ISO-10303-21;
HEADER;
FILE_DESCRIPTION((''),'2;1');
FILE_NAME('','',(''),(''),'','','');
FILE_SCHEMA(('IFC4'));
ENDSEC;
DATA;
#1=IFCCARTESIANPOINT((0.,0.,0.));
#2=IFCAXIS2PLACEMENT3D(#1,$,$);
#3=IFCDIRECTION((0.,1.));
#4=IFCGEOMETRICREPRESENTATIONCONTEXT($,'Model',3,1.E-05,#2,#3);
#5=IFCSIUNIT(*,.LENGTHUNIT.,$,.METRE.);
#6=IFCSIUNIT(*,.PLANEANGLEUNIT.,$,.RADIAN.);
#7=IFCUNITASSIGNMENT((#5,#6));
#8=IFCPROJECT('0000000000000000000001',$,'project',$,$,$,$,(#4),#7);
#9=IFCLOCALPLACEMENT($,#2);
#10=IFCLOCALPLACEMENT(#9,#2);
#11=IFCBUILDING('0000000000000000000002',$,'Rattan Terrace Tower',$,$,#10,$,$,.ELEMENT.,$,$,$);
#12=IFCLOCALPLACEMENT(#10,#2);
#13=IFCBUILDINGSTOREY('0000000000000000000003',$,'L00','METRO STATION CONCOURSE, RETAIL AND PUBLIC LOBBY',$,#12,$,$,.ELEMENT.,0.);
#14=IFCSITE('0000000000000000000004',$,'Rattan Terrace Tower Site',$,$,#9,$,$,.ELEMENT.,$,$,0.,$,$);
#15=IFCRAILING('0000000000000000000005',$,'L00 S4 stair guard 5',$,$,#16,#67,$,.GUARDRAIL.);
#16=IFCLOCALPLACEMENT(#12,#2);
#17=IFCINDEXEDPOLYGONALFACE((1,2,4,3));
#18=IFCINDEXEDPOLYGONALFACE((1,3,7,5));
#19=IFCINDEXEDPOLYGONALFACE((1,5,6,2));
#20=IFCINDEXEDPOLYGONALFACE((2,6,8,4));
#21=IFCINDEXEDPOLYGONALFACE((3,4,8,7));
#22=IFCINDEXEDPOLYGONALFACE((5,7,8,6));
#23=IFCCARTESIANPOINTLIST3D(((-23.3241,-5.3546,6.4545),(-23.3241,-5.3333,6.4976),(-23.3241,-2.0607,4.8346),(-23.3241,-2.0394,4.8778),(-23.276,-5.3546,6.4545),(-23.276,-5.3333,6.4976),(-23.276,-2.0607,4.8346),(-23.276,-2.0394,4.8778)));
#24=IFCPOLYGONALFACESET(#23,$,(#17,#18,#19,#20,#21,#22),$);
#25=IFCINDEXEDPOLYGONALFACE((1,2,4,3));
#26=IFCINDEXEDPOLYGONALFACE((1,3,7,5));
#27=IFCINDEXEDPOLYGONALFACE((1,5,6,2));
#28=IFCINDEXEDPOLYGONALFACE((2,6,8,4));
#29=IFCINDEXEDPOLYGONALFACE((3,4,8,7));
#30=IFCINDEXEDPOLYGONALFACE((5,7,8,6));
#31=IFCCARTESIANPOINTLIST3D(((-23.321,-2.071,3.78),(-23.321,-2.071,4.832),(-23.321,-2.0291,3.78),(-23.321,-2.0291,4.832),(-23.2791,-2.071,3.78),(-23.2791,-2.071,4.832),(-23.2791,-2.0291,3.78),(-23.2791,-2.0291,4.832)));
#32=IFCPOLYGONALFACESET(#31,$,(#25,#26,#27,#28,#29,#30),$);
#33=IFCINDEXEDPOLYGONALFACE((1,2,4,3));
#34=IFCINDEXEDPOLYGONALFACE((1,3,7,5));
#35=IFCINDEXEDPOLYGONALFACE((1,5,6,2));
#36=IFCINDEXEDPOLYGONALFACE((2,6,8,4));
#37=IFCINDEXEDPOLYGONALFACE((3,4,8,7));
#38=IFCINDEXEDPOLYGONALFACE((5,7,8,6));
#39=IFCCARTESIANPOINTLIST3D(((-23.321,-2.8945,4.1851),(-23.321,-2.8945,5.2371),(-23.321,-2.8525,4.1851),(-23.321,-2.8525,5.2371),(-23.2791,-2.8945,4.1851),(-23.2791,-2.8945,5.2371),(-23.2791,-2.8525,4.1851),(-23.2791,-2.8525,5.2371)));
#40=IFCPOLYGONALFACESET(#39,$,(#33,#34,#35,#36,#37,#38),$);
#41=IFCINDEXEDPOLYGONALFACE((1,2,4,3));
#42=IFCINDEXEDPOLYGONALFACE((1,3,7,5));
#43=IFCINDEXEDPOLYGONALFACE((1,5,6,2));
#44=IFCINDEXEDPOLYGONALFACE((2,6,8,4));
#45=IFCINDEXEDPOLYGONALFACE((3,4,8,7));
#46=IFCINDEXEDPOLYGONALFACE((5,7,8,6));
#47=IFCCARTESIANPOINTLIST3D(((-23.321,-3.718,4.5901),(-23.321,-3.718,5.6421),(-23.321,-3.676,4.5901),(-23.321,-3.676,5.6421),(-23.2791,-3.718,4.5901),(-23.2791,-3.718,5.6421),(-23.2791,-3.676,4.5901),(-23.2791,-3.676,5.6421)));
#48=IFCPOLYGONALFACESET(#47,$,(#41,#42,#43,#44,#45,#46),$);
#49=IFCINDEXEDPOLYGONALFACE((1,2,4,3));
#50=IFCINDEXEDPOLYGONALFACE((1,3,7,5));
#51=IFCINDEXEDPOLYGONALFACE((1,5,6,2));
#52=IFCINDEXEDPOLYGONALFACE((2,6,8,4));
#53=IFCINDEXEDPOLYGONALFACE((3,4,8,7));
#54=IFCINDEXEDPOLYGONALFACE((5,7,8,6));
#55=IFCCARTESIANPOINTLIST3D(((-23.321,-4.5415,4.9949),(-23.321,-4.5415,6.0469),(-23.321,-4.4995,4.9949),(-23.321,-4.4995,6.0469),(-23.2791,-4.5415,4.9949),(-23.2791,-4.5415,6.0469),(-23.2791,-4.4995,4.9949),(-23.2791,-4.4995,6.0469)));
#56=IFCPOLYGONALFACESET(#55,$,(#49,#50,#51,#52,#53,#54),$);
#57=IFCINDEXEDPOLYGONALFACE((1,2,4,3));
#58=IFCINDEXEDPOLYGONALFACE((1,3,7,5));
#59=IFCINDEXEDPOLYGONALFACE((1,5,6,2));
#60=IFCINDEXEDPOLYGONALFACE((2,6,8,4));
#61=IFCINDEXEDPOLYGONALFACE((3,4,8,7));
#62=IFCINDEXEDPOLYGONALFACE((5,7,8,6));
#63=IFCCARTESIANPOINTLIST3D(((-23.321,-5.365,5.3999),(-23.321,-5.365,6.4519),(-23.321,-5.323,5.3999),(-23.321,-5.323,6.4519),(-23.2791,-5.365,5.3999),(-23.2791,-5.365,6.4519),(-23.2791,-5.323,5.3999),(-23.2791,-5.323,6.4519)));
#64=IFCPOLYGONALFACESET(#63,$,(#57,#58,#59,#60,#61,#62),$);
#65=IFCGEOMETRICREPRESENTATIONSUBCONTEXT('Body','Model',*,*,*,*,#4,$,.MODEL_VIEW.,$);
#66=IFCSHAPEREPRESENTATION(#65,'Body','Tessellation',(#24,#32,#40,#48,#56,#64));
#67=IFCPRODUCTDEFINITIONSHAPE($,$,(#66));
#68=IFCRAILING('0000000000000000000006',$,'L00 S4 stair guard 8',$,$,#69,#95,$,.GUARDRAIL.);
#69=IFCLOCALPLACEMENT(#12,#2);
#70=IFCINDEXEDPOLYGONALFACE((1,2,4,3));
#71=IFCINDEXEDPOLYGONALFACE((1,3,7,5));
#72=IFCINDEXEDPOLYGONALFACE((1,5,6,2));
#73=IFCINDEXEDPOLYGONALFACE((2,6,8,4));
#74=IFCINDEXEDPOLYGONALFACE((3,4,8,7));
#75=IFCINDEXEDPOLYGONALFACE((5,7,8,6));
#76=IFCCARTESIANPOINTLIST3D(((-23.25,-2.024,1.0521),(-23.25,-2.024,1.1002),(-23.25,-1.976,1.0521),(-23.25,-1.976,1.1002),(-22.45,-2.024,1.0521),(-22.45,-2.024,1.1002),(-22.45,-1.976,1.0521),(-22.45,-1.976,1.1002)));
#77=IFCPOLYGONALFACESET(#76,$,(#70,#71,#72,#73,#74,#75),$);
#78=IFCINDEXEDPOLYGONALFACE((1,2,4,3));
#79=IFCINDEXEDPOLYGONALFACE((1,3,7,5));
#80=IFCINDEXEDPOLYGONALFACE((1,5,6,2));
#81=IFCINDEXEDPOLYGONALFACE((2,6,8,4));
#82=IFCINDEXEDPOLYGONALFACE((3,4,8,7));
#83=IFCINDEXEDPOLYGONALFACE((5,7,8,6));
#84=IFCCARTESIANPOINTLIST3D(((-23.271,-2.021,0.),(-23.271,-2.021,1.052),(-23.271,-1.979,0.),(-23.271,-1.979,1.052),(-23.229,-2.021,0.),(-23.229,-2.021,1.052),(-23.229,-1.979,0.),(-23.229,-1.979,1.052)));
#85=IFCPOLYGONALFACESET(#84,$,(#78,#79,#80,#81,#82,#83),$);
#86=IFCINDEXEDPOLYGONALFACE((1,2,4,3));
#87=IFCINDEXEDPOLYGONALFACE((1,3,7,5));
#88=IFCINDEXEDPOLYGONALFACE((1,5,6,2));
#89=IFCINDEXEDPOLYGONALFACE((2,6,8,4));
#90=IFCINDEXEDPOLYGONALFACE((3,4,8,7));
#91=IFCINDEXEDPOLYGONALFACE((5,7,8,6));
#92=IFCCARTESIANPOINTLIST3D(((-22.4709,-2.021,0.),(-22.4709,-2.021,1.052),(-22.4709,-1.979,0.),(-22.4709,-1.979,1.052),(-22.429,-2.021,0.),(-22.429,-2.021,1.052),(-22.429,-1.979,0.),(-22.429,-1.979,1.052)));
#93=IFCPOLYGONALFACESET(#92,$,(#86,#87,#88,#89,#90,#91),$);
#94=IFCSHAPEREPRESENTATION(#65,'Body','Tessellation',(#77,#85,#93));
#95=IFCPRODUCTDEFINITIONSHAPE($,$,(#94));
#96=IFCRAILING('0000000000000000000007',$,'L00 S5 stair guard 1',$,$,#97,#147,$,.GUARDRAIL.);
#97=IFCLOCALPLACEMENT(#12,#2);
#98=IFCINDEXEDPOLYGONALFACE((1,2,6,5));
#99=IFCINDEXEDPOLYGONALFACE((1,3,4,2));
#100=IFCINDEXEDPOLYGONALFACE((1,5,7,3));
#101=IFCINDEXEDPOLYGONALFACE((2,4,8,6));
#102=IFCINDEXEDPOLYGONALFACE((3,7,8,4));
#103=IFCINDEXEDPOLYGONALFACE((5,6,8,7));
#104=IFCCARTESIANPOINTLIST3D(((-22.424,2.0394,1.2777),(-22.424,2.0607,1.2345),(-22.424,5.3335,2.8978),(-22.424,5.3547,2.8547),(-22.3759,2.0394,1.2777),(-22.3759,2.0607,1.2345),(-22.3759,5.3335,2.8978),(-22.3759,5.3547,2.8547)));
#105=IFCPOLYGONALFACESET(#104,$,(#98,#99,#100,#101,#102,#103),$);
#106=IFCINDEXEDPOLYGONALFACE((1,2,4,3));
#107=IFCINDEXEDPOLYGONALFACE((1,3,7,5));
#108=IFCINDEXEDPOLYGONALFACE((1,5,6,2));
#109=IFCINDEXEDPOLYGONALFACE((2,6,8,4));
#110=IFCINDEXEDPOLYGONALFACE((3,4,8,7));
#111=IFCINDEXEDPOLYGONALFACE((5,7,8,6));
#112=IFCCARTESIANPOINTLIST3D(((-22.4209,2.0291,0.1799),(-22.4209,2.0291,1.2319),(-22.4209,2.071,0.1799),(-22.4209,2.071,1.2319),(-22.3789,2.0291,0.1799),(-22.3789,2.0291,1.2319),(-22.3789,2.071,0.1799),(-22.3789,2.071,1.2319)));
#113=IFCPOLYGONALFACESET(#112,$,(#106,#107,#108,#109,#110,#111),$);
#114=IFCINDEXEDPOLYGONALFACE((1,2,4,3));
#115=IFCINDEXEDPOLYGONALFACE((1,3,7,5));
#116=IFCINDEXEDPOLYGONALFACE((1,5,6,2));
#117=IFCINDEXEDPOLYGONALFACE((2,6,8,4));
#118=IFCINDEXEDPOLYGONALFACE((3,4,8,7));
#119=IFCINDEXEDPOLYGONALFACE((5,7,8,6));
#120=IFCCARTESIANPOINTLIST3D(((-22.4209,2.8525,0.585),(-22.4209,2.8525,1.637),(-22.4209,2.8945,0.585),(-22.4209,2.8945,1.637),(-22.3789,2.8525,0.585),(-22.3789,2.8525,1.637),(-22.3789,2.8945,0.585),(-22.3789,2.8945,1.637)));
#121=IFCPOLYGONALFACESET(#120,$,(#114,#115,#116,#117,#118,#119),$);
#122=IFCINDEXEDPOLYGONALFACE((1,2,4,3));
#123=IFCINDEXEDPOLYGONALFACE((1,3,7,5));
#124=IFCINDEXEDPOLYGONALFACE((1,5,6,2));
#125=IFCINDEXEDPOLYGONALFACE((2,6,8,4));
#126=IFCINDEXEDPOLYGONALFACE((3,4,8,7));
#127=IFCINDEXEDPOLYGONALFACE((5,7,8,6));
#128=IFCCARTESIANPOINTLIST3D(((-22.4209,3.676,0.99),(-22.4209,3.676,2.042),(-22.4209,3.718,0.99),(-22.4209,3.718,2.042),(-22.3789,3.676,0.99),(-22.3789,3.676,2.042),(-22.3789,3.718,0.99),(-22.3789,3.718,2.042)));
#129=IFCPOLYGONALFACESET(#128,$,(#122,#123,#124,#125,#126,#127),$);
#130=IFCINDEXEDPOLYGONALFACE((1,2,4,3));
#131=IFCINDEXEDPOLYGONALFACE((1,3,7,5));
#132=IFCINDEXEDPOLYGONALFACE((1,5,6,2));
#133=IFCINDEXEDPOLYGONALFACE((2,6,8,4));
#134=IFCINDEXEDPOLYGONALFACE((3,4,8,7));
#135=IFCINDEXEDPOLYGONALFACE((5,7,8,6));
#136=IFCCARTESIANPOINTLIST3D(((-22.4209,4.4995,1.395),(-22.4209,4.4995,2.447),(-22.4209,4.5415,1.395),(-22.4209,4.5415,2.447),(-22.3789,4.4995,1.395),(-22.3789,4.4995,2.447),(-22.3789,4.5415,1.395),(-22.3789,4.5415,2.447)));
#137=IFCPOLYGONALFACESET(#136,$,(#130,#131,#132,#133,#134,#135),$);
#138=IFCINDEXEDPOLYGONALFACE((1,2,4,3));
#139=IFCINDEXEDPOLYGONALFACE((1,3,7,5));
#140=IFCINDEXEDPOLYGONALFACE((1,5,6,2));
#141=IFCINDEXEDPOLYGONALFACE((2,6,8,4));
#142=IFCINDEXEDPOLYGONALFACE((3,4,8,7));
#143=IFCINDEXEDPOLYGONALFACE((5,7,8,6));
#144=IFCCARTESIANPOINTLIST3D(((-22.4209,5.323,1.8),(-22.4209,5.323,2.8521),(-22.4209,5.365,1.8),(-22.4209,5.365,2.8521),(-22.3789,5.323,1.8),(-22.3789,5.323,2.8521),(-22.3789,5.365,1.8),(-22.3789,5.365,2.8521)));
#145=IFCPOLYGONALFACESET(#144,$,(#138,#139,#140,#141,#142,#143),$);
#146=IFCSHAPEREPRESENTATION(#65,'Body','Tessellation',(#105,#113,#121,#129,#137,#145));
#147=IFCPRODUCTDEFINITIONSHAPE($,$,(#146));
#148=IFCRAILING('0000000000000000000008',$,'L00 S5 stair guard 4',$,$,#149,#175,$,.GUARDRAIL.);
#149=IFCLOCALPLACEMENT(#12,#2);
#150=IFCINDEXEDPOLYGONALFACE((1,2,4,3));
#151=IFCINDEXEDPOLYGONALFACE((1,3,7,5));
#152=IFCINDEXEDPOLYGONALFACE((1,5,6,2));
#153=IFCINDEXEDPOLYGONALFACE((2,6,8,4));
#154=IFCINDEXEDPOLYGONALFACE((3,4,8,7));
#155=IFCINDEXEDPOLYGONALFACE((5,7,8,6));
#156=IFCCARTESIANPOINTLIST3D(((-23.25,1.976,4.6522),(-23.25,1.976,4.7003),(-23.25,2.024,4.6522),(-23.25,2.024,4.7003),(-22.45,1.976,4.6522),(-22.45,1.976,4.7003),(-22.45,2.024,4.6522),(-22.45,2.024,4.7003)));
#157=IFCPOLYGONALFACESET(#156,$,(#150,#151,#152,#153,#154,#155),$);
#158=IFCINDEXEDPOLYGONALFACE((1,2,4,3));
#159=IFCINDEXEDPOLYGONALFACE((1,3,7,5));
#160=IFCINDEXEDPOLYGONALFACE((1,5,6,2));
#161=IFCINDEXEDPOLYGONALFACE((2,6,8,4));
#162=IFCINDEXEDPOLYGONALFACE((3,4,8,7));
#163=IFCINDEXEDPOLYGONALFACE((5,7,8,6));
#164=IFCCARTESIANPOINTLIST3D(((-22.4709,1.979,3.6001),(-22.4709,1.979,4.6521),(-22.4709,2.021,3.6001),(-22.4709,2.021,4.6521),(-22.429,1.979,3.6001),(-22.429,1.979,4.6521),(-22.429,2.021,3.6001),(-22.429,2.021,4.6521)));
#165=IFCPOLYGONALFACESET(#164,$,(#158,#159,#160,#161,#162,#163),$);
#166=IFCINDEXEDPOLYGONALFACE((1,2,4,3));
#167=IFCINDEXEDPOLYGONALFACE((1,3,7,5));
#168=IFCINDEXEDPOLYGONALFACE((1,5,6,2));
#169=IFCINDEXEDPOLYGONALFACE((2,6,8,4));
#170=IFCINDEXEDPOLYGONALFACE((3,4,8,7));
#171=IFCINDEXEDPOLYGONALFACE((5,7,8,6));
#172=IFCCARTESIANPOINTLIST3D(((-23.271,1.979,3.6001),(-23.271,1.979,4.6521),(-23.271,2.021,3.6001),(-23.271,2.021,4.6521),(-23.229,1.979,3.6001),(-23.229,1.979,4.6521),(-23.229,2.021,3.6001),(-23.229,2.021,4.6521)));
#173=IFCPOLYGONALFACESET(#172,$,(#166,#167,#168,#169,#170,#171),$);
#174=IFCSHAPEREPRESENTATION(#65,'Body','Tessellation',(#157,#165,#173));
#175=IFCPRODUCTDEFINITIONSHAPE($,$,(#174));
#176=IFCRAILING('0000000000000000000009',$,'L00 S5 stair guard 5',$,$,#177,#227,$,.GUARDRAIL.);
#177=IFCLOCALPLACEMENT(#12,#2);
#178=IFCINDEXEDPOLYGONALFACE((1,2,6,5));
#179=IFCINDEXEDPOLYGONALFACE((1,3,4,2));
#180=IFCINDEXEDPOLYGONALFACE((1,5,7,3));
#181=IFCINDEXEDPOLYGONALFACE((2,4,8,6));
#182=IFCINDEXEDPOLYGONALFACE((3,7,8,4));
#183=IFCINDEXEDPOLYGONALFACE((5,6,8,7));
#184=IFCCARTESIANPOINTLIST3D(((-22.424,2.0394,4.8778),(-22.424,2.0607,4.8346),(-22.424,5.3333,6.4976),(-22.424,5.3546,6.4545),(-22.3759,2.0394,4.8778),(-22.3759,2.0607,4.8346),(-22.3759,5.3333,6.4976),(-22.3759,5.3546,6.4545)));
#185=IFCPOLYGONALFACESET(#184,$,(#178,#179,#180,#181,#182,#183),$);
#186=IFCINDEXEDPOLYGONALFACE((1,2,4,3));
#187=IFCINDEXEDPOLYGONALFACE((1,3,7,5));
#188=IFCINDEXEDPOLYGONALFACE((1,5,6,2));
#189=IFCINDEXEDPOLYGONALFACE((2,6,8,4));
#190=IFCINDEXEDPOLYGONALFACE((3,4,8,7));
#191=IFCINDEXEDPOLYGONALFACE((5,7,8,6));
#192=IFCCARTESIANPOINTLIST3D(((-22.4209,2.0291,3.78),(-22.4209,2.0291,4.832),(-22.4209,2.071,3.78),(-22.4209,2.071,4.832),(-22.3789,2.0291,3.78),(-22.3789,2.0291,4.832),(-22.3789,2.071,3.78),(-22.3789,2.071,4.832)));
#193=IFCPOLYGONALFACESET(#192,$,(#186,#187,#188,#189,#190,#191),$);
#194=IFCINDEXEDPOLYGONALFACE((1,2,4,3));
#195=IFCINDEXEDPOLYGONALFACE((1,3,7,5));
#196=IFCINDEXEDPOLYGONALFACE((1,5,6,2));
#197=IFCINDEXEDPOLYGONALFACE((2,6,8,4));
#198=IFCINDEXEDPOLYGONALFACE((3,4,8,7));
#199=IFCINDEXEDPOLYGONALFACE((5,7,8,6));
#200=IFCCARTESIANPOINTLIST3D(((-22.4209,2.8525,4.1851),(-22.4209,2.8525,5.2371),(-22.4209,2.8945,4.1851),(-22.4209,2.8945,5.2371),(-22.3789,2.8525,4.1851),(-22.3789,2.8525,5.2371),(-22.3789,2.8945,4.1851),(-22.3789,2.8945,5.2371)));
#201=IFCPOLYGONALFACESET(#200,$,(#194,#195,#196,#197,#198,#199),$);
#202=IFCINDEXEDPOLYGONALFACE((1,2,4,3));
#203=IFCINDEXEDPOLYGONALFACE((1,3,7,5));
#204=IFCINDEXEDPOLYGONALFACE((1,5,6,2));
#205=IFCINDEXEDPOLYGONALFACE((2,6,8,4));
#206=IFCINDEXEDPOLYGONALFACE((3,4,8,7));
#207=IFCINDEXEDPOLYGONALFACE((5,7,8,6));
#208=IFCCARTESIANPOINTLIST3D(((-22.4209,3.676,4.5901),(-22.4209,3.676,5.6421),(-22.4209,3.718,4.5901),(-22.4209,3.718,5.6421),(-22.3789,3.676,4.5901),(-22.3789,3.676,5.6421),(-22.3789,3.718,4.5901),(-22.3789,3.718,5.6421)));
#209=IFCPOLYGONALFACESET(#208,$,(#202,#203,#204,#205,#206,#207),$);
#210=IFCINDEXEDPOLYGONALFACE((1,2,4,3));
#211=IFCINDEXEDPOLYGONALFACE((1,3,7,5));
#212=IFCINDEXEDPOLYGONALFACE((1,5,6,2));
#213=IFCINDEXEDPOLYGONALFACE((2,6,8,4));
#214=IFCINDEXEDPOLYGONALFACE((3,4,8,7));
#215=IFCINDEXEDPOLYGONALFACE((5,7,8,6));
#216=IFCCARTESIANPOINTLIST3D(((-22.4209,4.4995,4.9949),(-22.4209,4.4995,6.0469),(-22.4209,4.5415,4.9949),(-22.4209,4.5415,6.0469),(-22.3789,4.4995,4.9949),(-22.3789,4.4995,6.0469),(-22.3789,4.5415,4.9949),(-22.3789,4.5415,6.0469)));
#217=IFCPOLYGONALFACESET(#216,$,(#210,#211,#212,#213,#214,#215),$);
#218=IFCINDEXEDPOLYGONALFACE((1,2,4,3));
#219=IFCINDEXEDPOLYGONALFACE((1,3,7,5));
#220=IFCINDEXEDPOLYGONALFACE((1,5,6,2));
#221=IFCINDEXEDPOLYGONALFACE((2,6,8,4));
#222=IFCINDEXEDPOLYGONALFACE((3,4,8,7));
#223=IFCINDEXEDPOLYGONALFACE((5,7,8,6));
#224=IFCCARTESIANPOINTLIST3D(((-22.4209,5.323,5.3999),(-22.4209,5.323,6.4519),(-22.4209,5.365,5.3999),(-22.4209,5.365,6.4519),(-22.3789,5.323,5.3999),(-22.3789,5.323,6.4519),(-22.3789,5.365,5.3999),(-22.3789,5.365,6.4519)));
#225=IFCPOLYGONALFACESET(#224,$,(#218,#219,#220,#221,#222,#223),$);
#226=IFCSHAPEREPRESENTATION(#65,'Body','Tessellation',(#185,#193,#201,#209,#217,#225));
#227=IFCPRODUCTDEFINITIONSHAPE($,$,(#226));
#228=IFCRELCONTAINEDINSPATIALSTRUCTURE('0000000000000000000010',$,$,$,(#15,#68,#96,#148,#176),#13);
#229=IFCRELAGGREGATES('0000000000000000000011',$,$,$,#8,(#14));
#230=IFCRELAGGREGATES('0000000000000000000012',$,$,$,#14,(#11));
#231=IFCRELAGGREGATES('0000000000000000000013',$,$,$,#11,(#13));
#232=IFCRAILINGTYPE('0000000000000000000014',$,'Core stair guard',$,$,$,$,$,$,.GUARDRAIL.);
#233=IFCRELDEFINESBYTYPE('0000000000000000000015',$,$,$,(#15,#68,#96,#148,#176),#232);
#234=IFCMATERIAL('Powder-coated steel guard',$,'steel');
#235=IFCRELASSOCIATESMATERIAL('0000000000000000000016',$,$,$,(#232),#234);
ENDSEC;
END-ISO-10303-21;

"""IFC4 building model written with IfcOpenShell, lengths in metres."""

from ifc_helpers import new_model, si_unit, direction, frame, origin, origin_2d, place, context, subcontext, project, spatial, rectangle, extrude, material, type_object, element, save


model = new_model("IFC4")

# Units and contexts
model_context = context("Model", 3, precision=1e-05, world=origin(), true_north=direction((0.0, 1.0)))
body_context = subcontext(model_context, "Body", "Model", "MODEL_VIEW")
ifc_project = project(units=[si_unit("LENGTHUNIT", "METRE"), si_unit("PLANEANGLEUNIT", "RADIAN")], contexts=[model_context])

# Site, building, storey
site_placement = place(None, origin())
site = spatial("IfcSite", under=ifc_project, at=site_placement, Name="Rattan Terrace Tower Site", CompositionType="ELEMENT", RefElevation=0.0)
building_placement = place(site_placement, origin())
building = spatial("IfcBuilding", under=site, at=building_placement, Name="Rattan Terrace Tower", CompositionType="ELEMENT")
storey_placement = place(building_placement, origin())
storey = spatial("IfcBuildingStorey", under=building, at=storey_placement, Name="L00", Description="METRO STATION CONCOURSE, RETAIL AND PUBLIC LOBBY", CompositionType="ELEMENT", Elevation=0.0)

# Railings
ifc_material_1 = material(Name="Powder-coated steel guard", Category="steel")
railing_type_1 = type_object("IfcRailingType", Name="Core stair guard", PredefinedType="GUARDRAIL", material=ifc_material_1)
railing_1_placement = place(storey_placement, frame((-23.3, -2.05, 3.78)))
element("IfcRailing", 1, at=railing_1_placement, inside=storey, type_object=railing_type_1, Name="L00 S4 stair guard 5", PredefinedType="GUARDRAIL", context=body_context, shape_type="SweptSolid", body=[
    extrude(rectangle(XDim=0.0481, YDim=0.0481, at=origin_2d()), frame((0.0, 0.0, 1.0762), z_axis=(0.0, -0.897361, 0.441298), x_axis=(1.0, 0.0, 0.0)), (0.0, 0.0, 1.0), 3.6707),
    extrude(rectangle(XDim=0.042, YDim=0.042, at=origin_2d()), origin(), (0.0, 0.0, 1.0), 1.052),
    extrude(rectangle(XDim=0.042, YDim=0.042, at=origin_2d()), frame((0.0, -0.8235, 0.405)), (0.0, 0.0, 1.0), 1.052),
    extrude(rectangle(XDim=0.042, YDim=0.042, at=origin_2d()), frame((0.0, -1.647, 0.8101)), (0.0, 0.0, 1.0), 1.052),
    extrude(rectangle(XDim=0.042, YDim=0.042, at=origin_2d()), frame((0.0, -2.4705, 1.2148)), (0.0, 0.0, 1.0), 1.052),
    extrude(rectangle(XDim=0.042, YDim=0.042, at=origin_2d()), frame((0.0, -3.2939, 1.6199)), (0.0, 0.0, 1.0), 1.052),
])
railing_2_placement = place(storey_placement, frame((-23.25, -2.0, 0.0)))
element("IfcRailing", 2, at=railing_2_placement, inside=storey, type_object=railing_type_1, Name="L00 S4 stair guard 8", PredefinedType="GUARDRAIL", context=body_context, shape_type="SweptSolid", body=[
    extrude(rectangle(XDim=0.0481, YDim=0.0481, at=origin_2d()), frame((0.0, 0.0, 1.0762), z_axis=(1.0, 0.0, 0.0), x_axis=(0.0, 1.0, 0.0)), (0.0, 0.0, 1.0), 0.8),
    extrude(rectangle(XDim=0.042, YDim=0.042, at=origin_2d()), origin(), (0.0, 0.0, 1.0), 1.052),
    extrude(rectangle(XDim=0.042, YDim=0.042, at=origin_2d()), frame((0.8, 0.0, 0.0)), (0.0, 0.0, 1.0), 1.052),
])
railing_3_placement = place(storey_placement, frame((-22.3999, 2.05, 0.1799)))
element("IfcRailing", 3, at=railing_3_placement, inside=storey, type_object=railing_type_1, Name="L00 S5 stair guard 1", PredefinedType="GUARDRAIL", context=body_context, shape_type="SweptSolid", body=[
    extrude(rectangle(XDim=0.0481, YDim=0.0481, at=origin_2d()), frame((0.0, 0.0, 1.0762), z_axis=(0.0, 0.897334, 0.441351), x_axis=(-1.0, 0.0, 0.0)), (0.0, 0.0, 1.0), 3.6709),
    extrude(rectangle(XDim=0.042, YDim=0.042, at=origin_2d()), origin(), (0.0, 0.0, 1.0), 1.052),
    extrude(rectangle(XDim=0.042, YDim=0.042, at=origin_2d()), frame((0.0, 0.8235, 0.405)), (0.0, 0.0, 1.0), 1.052),
    extrude(rectangle(XDim=0.042, YDim=0.042, at=origin_2d()), frame((0.0, 1.647, 0.8101)), (0.0, 0.0, 1.0), 1.052),
    extrude(rectangle(XDim=0.042, YDim=0.042, at=origin_2d()), frame((0.0, 2.4705, 1.2151)), (0.0, 0.0, 1.0), 1.052),
    extrude(rectangle(XDim=0.042, YDim=0.042, at=origin_2d()), frame((0.0, 3.2939, 1.6201)), (0.0, 0.0, 1.0), 1.052),
])
railing_4_placement = place(storey_placement, frame((-22.45, 2.0, 3.6001)))
element("IfcRailing", 4, at=railing_4_placement, inside=storey, type_object=railing_type_1, Name="L00 S5 stair guard 4", PredefinedType="GUARDRAIL", context=body_context, shape_type="SweptSolid", body=[
    extrude(rectangle(XDim=0.0481, YDim=0.0481, at=origin_2d()), frame((0.0, 0.0, 1.0762), z_axis=(-1.0, 0.0, 0.0), x_axis=(0.0, -1.0, 0.0)), (0.0, 0.0, 1.0), 0.8),
    extrude(rectangle(XDim=0.042, YDim=0.042, at=origin_2d()), origin(), (0.0, 0.0, 1.0), 1.052),
    extrude(rectangle(XDim=0.042, YDim=0.042, at=origin_2d()), frame((-0.8, 0.0, 0.0)), (0.0, 0.0, 1.0), 1.052),
])
railing_5_placement = place(storey_placement, frame((-22.3999, 2.05, 3.78)))
element("IfcRailing", 5, at=railing_5_placement, inside=storey, type_object=railing_type_1, Name="L00 S5 stair guard 5", PredefinedType="GUARDRAIL", context=body_context, shape_type="SweptSolid", body=[
    extrude(rectangle(XDim=0.0481, YDim=0.0481, at=origin_2d()), frame((0.0, 0.0, 1.0762), z_axis=(0.0, 0.897361, 0.441298), x_axis=(-1.0, 0.0, 0.0)), (0.0, 0.0, 1.0), 3.6707),
    extrude(rectangle(XDim=0.042, YDim=0.042, at=origin_2d()), origin(), (0.0, 0.0, 1.0), 1.052),
    extrude(rectangle(XDim=0.042, YDim=0.042, at=origin_2d()), frame((0.0, 0.8235, 0.405)), (0.0, 0.0, 1.0), 1.052),
    extrude(rectangle(XDim=0.042, YDim=0.042, at=origin_2d()), frame((0.0, 1.647, 0.8101)), (0.0, 0.0, 1.0), 1.052),
    extrude(rectangle(XDim=0.042, YDim=0.042, at=origin_2d()), frame((0.0, 2.4705, 1.2148)), (0.0, 0.0, 1.0), 1.052),
    extrude(rectangle(XDim=0.042, YDim=0.042, at=origin_2d()), frame((0.0, 3.2939, 1.6199)), (0.0, 0.0, 1.0), 1.052),
])

save(model, "model.ifc")
